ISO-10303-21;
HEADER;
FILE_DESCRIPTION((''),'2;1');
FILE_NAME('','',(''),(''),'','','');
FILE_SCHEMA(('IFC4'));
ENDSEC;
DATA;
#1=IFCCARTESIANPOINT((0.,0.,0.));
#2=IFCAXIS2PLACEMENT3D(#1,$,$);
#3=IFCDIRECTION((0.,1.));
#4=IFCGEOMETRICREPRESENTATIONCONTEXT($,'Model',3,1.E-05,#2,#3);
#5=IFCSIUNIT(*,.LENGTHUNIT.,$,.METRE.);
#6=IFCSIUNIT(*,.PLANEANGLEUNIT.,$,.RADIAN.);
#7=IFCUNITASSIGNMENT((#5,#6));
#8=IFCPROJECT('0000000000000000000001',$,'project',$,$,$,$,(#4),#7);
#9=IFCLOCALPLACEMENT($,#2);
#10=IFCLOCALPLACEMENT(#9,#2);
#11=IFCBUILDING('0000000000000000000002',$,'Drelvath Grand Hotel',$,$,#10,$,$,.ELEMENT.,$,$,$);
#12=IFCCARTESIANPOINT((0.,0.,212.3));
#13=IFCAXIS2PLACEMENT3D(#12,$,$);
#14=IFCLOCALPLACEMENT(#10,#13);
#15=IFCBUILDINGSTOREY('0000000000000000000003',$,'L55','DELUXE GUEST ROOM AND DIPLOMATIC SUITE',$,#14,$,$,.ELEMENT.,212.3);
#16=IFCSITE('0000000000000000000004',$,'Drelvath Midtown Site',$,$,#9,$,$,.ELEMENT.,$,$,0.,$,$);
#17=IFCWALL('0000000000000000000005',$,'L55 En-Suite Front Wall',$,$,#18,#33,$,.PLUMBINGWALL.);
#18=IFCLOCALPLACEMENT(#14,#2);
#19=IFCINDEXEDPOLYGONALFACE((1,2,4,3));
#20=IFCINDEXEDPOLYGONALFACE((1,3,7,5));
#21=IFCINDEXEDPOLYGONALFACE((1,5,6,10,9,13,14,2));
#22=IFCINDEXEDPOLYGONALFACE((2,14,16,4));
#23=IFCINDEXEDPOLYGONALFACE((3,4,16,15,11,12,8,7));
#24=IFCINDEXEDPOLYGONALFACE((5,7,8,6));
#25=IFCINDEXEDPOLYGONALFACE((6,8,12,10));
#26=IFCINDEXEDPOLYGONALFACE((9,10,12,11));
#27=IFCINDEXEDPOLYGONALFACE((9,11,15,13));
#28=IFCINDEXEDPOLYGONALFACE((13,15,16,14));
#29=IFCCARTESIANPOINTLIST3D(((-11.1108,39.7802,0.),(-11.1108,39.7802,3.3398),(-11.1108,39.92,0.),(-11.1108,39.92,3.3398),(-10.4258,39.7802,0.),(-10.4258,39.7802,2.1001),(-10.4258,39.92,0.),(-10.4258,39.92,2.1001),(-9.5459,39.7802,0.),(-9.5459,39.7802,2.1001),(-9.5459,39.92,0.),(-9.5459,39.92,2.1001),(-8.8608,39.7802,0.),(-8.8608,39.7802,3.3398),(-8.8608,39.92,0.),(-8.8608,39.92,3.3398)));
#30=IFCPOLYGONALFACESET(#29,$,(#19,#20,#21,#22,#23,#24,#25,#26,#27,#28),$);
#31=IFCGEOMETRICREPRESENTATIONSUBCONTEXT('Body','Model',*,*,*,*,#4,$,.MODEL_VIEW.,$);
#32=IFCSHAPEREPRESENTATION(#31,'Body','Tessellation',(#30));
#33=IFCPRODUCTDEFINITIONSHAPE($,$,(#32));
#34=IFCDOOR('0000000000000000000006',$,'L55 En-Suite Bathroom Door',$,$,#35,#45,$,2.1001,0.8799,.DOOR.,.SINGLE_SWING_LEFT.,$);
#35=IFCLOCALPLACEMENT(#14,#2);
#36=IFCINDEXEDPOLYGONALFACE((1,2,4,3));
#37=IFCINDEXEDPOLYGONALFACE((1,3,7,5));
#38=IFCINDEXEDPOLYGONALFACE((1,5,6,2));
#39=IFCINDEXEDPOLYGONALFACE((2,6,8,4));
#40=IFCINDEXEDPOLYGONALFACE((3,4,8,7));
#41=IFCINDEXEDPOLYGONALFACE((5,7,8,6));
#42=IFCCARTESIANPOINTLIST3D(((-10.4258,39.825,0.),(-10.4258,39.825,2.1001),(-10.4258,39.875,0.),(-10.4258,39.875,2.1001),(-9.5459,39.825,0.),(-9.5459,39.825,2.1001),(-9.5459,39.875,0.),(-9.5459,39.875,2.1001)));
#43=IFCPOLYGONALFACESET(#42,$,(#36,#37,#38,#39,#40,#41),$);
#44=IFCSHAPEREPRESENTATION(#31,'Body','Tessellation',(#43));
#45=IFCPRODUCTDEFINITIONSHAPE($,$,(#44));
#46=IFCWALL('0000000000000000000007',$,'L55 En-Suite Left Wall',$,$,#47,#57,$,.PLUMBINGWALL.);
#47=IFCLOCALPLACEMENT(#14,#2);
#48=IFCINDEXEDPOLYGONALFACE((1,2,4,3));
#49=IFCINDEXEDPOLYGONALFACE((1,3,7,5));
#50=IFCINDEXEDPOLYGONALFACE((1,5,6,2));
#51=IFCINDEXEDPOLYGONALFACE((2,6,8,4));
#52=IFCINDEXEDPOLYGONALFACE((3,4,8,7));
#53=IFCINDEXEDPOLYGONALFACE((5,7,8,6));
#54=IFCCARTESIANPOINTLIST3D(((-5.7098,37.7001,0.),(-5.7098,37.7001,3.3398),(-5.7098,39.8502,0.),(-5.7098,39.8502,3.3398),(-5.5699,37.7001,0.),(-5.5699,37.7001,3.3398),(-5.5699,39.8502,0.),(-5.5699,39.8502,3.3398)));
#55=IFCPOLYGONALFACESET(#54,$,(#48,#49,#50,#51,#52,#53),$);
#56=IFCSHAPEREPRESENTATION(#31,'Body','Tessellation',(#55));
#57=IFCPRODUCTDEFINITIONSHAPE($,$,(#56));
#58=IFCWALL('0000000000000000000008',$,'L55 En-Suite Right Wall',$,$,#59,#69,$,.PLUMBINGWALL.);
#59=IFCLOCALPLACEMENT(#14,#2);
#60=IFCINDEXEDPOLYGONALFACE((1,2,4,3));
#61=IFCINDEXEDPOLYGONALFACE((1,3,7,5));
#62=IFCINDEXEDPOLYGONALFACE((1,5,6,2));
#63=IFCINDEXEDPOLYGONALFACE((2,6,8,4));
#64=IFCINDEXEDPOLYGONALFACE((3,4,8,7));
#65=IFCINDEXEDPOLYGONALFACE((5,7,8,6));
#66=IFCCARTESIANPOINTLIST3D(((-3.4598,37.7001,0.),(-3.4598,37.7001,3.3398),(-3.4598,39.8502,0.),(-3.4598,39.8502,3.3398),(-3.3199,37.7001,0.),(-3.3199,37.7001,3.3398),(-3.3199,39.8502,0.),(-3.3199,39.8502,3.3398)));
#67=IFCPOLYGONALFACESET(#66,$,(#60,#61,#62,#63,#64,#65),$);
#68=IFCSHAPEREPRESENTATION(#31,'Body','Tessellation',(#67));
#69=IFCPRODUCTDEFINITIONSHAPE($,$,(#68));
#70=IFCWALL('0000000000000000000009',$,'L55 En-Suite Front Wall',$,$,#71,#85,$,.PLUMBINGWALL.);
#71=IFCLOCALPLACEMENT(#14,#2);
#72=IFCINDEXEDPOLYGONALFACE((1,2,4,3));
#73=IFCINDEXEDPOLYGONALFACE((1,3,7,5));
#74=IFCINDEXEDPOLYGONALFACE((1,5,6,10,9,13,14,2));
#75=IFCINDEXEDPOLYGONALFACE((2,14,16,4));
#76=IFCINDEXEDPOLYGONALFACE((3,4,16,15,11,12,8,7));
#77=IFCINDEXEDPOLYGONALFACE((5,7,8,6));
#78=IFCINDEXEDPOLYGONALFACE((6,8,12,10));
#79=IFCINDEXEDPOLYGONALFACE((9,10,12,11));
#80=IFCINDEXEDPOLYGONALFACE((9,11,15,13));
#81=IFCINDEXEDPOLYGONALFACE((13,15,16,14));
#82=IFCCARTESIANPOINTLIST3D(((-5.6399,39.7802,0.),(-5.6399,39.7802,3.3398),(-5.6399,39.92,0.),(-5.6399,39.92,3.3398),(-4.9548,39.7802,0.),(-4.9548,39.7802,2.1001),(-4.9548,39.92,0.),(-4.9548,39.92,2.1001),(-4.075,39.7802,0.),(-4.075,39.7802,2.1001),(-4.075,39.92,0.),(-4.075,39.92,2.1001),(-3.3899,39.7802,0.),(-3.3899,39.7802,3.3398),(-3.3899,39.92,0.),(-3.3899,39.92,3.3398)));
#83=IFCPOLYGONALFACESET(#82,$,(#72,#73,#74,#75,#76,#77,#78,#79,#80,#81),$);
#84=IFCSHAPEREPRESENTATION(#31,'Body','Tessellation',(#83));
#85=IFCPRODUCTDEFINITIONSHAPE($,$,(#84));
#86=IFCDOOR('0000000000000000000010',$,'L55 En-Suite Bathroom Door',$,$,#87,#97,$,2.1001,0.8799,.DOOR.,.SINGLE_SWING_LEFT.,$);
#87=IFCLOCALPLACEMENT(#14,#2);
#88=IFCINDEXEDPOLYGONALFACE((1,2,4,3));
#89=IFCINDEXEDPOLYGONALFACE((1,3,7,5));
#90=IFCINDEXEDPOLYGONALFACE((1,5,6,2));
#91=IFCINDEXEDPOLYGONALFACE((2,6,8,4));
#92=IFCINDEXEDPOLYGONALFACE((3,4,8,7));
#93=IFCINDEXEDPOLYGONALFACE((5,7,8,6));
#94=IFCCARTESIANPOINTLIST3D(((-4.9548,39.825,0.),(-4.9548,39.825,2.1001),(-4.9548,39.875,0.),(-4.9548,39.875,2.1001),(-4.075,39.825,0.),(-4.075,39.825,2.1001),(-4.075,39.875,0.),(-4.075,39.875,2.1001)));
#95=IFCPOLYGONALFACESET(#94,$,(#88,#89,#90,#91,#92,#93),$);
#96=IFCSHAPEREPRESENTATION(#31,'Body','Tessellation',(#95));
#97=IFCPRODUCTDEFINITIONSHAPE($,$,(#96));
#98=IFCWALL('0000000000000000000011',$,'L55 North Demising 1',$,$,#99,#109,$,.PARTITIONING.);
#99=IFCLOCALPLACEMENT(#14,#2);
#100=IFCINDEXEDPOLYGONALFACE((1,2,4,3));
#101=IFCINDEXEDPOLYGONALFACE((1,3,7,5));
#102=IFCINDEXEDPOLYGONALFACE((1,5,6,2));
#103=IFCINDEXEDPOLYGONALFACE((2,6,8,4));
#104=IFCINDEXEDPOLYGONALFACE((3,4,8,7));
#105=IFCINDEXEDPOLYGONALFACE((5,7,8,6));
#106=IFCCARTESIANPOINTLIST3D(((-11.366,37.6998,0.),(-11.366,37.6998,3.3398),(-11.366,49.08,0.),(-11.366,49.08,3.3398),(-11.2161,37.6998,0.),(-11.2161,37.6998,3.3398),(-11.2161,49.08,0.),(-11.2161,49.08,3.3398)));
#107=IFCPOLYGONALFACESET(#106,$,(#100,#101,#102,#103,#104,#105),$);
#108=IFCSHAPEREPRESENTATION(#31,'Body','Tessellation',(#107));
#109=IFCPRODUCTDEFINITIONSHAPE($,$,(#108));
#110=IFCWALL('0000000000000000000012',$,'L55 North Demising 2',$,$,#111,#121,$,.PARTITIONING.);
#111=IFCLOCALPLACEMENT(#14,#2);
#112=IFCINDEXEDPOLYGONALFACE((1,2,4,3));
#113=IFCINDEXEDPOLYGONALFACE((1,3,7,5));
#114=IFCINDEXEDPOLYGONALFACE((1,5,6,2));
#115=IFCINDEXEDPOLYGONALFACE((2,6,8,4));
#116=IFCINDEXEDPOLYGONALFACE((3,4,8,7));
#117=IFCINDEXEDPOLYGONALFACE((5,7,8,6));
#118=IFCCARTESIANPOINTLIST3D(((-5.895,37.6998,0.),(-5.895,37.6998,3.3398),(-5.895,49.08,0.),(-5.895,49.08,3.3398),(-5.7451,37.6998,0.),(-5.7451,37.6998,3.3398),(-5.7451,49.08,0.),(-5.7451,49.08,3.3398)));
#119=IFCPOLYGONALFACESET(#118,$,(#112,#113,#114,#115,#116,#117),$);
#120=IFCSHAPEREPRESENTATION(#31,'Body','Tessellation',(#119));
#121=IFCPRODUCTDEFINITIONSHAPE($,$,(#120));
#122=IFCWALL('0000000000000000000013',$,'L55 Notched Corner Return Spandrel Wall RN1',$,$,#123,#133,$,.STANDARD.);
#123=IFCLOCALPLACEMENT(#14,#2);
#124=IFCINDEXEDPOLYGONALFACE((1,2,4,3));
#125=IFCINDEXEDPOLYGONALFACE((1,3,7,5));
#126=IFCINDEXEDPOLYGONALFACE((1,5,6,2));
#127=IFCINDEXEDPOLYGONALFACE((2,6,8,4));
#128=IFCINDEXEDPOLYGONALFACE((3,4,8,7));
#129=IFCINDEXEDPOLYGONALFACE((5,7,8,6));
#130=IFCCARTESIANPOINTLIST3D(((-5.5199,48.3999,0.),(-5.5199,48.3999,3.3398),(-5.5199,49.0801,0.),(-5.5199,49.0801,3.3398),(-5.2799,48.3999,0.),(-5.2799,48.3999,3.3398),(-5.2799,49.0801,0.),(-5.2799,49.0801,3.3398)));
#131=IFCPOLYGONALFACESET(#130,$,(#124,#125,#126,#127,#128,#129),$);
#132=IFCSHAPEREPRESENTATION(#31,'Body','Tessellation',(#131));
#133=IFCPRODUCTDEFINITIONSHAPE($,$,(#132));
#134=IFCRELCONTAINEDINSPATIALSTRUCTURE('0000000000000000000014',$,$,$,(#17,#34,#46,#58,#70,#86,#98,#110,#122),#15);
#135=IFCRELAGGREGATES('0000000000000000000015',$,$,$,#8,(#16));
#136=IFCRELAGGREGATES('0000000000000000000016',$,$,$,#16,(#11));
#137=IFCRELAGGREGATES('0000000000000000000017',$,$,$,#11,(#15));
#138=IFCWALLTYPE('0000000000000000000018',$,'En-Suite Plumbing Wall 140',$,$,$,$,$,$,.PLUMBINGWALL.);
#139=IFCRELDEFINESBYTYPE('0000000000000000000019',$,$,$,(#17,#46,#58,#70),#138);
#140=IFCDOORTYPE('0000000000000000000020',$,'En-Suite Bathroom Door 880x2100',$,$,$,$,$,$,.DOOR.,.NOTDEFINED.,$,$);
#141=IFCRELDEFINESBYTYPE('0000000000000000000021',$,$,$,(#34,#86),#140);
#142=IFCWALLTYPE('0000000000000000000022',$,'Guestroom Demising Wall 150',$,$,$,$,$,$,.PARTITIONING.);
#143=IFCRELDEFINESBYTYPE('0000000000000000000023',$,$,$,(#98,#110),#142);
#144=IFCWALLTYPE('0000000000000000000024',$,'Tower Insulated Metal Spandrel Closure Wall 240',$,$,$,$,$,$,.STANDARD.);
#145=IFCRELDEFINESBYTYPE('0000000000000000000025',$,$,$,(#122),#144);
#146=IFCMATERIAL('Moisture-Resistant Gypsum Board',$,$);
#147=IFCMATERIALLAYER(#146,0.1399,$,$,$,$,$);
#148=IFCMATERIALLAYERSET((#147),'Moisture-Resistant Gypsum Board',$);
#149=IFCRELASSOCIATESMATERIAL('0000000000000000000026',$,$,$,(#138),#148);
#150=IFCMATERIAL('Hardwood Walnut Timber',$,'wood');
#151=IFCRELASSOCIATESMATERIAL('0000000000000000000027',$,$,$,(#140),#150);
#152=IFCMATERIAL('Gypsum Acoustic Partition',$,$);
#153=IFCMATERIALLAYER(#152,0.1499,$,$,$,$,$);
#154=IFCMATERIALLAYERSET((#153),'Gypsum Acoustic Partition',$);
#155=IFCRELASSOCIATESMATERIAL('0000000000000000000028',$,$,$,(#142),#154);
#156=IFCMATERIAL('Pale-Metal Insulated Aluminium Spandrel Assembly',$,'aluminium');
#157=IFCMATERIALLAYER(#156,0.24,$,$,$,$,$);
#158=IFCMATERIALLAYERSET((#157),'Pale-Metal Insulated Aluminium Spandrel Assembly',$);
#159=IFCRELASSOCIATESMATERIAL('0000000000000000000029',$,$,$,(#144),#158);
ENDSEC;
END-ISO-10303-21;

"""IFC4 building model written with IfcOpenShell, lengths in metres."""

from ifc_helpers import new_model, si_unit, direction, frame, frame_2d, origin, place, context, subcontext, project, spatial, rectangle, extrude, material, layer, layer_set, type_object, element, fill, save


model = new_model("IFC4")

# Units and contexts
model_context = context("Model", 3, precision=1e-05, world=origin(), true_north=direction((0.0, 1.0)))
body_context = subcontext(model_context, "Body", "Model", "MODEL_VIEW")
ifc_project = project(units=[si_unit("LENGTHUNIT", "METRE"), si_unit("PLANEANGLEUNIT", "RADIAN")], contexts=[model_context])

# Site, building, storey
site_placement = place(None, origin())
site = spatial("IfcSite", under=ifc_project, at=site_placement, Name="Drelvath Midtown Site", CompositionType="ELEMENT", RefElevation=0.0)
building_placement = place(site_placement, origin())
building = spatial("IfcBuilding", under=site, at=building_placement, Name="Drelvath Grand Hotel", CompositionType="ELEMENT")
storey_placement = place(building_placement, frame((0.0, 0.0, 212.3)))
storey = spatial("IfcBuildingStorey", under=building, at=storey_placement, Name="L55", Description="DELUXE GUEST ROOM AND DIPLOMATIC SUITE", CompositionType="ELEMENT", Elevation=212.3)

# Shared definitions
ifc_material_1 = material(Name="Moisture-Resistant Gypsum Board")
ifc_layer_1 = layer(ifc_material_1, 0.1399)
ifc_layer_set_1 = layer_set([ifc_layer_1], Name="Moisture-Resistant Gypsum Board")
wall_type_1 = type_object("IfcWallType", Name="En-Suite Plumbing Wall 140", PredefinedType="PLUMBINGWALL", material=ifc_layer_set_1)

# Wall, opening, door
wall_1_placement = place(storey_placement, frame((-11.1108, 39.8501, 0.0), z_axis=(0.0, 0.0, 1.0), x_axis=(1.0, 0.0, 0.0)))
wall_1 = element("IfcWall", 1, at=wall_1_placement, inside=storey, type_object=wall_type_1, Name="L55 En-Suite Front Wall", PredefinedType="PLUMBINGWALL", context=body_context, shape_type="SweptSolid", body=[
    extrude(rectangle(XDim=2.25, YDim=0.1399, at=frame_2d((1.125, 0.0))), origin(), (0.0, 0.0, 1.0), 3.3398),
])
opening_1_placement = place(wall_1_placement, frame((0.6851, 0.0, 0.0)))
opening_1 = element("IfcOpeningElement", 2, at=opening_1_placement, cuts=wall_1, PredefinedType="OPENING", context=body_context, shape_type="SweptSolid", body=[
    extrude(rectangle(XDim=0.8799, YDim=2.1001, at=frame_2d((0.4399, 1.05))), frame((0.0, 0.0798, 0.0), z_axis=(0.0, -1.0, 0.0), x_axis=(1.0, 0.0, 0.0)), (0.0, 0.0, 1.0), 0.1599),
])
ifc_material_2 = material(Name="Hardwood Walnut Timber", Category="wood")
door_type = type_object("IfcDoorType", Name="En-Suite Bathroom Door 880x2100", OperationType="NOTDEFINED", PredefinedType="DOOR", material=ifc_material_2)
door_1_placement = place(opening_1_placement, origin())
door_1 = element("IfcDoor", 3, at=door_1_placement, inside=storey, type_object=door_type, Name="L55 En-Suite Bathroom Door", OperationType="SINGLE_SWING_LEFT", OverallHeight=2.1001, OverallWidth=0.8799, PredefinedType="DOOR", context=body_context, shape_type="SweptSolid", body=[
    extrude(rectangle(XDim=0.8799, YDim=2.1001, at=frame_2d((0.4399, 1.05))), frame((0.0, 0.0249, 0.0), z_axis=(0.0, -1.0, 0.0), x_axis=(1.0, 0.0, 0.0)), (0.0, 0.0, 1.0), 0.05),
])
fill(opening_1, door_1)

# Walls
for number, where, z_axis, x_axis, name in (
    (4, (-5.6399, 37.7, 0.0), (0.0, 0.0, 1.0), (0.0, 1.0, 0.0), "L55 En-Suite Left Wall"),
    (5, (-3.3899, 37.7, 0.0), (0.0, 0.0, 1.0), (0.0, 1.0, 0.0), "L55 En-Suite Right Wall"),
):
    element("IfcWall", number, at=place(storey_placement, frame(where, z_axis=z_axis, x_axis=x_axis)), inside=storey, type_object=wall_type_1, Name=name, PredefinedType="PLUMBINGWALL", context=body_context, shape_type="SweptSolid", body=[
        extrude(rectangle(XDim=2.1501, YDim=0.1399, at=frame_2d((1.0752, 0.0))), origin(), (0.0, 0.0, 1.0), 3.3398),
    ])

# Wall, opening, door
wall_2_placement = place(storey_placement, frame((-5.6399, 39.8501, 0.0), z_axis=(0.0, 0.0, 1.0), x_axis=(1.0, 0.0, 0.0)))
wall_2 = element("IfcWall", 6, at=wall_2_placement, inside=storey, type_object=wall_type_1, Name="L55 En-Suite Front Wall", PredefinedType="PLUMBINGWALL", context=body_context, shape_type="SweptSolid", body=[
    extrude(rectangle(XDim=2.25, YDim=0.1399, at=frame_2d((1.125, 0.0))), origin(), (0.0, 0.0, 1.0), 3.3398),
])
opening_2_placement = place(wall_2_placement, frame((0.6851, 0.0, 0.0)))
opening_2 = element("IfcOpeningElement", 7, at=opening_2_placement, cuts=wall_2, PredefinedType="OPENING", context=body_context, shape_type="SweptSolid", body=[
    extrude(rectangle(XDim=0.8799, YDim=2.1001, at=frame_2d((0.4399, 1.05))), frame((0.0, 0.0798, 0.0), z_axis=(0.0, -1.0, 0.0), x_axis=(1.0, 0.0, 0.0)), (0.0, 0.0, 1.0), 0.1599),
])
door_2_placement = place(opening_2_placement, origin())
door_2 = element("IfcDoor", 8, at=door_2_placement, inside=storey, type_object=door_type, Name="L55 En-Suite Bathroom Door", OperationType="SINGLE_SWING_LEFT", OverallHeight=2.1001, OverallWidth=0.8799, PredefinedType="DOOR", context=body_context, shape_type="SweptSolid", body=[
    extrude(rectangle(XDim=0.8799, YDim=2.1001, at=frame_2d((0.4399, 1.05))), frame((0.0, 0.0249, 0.0), z_axis=(0.0, -1.0, 0.0), x_axis=(1.0, 0.0, 0.0)), (0.0, 0.0, 1.0), 0.05),
])
fill(opening_2, door_2)

# Walls
ifc_material_3 = material(Name="Gypsum Acoustic Partition")
ifc_layer_2 = layer(ifc_material_3, 0.1499)
ifc_layer_set_2 = layer_set([ifc_layer_2], Name="Gypsum Acoustic Partition")
wall_type_2 = type_object("IfcWallType", Name="Guestroom Demising Wall 150", PredefinedType="PARTITIONING", material=ifc_layer_set_2)
for number, where, z_axis, x_axis, name in (
    (9, (-11.291, 37.7, 0.0), (0.0, 0.0, 1.0), (0.0, 1.0, 0.0), "L55 North Demising 1"),
    (10, (-5.8201, 37.7, 0.0), (0.0, 0.0, 1.0), (0.0, 1.0, 0.0), "L55 North Demising 2"),
):
    element("IfcWall", number, at=place(storey_placement, frame(where, z_axis=z_axis, x_axis=x_axis)), inside=storey, type_object=wall_type_2, Name=name, PredefinedType="PARTITIONING", context=body_context, shape_type="SweptSolid", body=[
        extrude(rectangle(XDim=11.3801, YDim=0.1499, at=frame_2d((5.6899, 0.0))), origin(), (0.0, 0.0, 1.0), 3.3398),
    ])
ifc_material_4 = material(Name="Pale-Metal Insulated Aluminium Spandrel Assembly", Category="aluminium")
ifc_layer_3 = layer(ifc_material_4, 0.24)
ifc_layer_set_3 = layer_set([ifc_layer_3], Name="Pale-Metal Insulated Aluminium Spandrel Assembly")
wall_type_3 = type_object("IfcWallType", Name="Tower Insulated Metal Spandrel Closure Wall 240", PredefinedType="STANDARD", material=ifc_layer_set_3)
wall_3_placement = place(storey_placement, frame((-5.3999, 49.0801, 0.0), z_axis=(0.0, 0.0, 1.0), x_axis=(0.0, -1.0, 0.0)))
element("IfcWall", 11, at=wall_3_placement, inside=storey, type_object=wall_type_3, Name="L55 Notched Corner Return Spandrel Wall RN1", PredefinedType="STANDARD", context=body_context, shape_type="SweptSolid", body=[
    extrude(rectangle(XDim=0.6802, YDim=0.24, at=frame_2d((0.3401, 0.0))), origin(), (0.0, 0.0, 1.0), 3.3398),
])

save(model, "model.ifc")
